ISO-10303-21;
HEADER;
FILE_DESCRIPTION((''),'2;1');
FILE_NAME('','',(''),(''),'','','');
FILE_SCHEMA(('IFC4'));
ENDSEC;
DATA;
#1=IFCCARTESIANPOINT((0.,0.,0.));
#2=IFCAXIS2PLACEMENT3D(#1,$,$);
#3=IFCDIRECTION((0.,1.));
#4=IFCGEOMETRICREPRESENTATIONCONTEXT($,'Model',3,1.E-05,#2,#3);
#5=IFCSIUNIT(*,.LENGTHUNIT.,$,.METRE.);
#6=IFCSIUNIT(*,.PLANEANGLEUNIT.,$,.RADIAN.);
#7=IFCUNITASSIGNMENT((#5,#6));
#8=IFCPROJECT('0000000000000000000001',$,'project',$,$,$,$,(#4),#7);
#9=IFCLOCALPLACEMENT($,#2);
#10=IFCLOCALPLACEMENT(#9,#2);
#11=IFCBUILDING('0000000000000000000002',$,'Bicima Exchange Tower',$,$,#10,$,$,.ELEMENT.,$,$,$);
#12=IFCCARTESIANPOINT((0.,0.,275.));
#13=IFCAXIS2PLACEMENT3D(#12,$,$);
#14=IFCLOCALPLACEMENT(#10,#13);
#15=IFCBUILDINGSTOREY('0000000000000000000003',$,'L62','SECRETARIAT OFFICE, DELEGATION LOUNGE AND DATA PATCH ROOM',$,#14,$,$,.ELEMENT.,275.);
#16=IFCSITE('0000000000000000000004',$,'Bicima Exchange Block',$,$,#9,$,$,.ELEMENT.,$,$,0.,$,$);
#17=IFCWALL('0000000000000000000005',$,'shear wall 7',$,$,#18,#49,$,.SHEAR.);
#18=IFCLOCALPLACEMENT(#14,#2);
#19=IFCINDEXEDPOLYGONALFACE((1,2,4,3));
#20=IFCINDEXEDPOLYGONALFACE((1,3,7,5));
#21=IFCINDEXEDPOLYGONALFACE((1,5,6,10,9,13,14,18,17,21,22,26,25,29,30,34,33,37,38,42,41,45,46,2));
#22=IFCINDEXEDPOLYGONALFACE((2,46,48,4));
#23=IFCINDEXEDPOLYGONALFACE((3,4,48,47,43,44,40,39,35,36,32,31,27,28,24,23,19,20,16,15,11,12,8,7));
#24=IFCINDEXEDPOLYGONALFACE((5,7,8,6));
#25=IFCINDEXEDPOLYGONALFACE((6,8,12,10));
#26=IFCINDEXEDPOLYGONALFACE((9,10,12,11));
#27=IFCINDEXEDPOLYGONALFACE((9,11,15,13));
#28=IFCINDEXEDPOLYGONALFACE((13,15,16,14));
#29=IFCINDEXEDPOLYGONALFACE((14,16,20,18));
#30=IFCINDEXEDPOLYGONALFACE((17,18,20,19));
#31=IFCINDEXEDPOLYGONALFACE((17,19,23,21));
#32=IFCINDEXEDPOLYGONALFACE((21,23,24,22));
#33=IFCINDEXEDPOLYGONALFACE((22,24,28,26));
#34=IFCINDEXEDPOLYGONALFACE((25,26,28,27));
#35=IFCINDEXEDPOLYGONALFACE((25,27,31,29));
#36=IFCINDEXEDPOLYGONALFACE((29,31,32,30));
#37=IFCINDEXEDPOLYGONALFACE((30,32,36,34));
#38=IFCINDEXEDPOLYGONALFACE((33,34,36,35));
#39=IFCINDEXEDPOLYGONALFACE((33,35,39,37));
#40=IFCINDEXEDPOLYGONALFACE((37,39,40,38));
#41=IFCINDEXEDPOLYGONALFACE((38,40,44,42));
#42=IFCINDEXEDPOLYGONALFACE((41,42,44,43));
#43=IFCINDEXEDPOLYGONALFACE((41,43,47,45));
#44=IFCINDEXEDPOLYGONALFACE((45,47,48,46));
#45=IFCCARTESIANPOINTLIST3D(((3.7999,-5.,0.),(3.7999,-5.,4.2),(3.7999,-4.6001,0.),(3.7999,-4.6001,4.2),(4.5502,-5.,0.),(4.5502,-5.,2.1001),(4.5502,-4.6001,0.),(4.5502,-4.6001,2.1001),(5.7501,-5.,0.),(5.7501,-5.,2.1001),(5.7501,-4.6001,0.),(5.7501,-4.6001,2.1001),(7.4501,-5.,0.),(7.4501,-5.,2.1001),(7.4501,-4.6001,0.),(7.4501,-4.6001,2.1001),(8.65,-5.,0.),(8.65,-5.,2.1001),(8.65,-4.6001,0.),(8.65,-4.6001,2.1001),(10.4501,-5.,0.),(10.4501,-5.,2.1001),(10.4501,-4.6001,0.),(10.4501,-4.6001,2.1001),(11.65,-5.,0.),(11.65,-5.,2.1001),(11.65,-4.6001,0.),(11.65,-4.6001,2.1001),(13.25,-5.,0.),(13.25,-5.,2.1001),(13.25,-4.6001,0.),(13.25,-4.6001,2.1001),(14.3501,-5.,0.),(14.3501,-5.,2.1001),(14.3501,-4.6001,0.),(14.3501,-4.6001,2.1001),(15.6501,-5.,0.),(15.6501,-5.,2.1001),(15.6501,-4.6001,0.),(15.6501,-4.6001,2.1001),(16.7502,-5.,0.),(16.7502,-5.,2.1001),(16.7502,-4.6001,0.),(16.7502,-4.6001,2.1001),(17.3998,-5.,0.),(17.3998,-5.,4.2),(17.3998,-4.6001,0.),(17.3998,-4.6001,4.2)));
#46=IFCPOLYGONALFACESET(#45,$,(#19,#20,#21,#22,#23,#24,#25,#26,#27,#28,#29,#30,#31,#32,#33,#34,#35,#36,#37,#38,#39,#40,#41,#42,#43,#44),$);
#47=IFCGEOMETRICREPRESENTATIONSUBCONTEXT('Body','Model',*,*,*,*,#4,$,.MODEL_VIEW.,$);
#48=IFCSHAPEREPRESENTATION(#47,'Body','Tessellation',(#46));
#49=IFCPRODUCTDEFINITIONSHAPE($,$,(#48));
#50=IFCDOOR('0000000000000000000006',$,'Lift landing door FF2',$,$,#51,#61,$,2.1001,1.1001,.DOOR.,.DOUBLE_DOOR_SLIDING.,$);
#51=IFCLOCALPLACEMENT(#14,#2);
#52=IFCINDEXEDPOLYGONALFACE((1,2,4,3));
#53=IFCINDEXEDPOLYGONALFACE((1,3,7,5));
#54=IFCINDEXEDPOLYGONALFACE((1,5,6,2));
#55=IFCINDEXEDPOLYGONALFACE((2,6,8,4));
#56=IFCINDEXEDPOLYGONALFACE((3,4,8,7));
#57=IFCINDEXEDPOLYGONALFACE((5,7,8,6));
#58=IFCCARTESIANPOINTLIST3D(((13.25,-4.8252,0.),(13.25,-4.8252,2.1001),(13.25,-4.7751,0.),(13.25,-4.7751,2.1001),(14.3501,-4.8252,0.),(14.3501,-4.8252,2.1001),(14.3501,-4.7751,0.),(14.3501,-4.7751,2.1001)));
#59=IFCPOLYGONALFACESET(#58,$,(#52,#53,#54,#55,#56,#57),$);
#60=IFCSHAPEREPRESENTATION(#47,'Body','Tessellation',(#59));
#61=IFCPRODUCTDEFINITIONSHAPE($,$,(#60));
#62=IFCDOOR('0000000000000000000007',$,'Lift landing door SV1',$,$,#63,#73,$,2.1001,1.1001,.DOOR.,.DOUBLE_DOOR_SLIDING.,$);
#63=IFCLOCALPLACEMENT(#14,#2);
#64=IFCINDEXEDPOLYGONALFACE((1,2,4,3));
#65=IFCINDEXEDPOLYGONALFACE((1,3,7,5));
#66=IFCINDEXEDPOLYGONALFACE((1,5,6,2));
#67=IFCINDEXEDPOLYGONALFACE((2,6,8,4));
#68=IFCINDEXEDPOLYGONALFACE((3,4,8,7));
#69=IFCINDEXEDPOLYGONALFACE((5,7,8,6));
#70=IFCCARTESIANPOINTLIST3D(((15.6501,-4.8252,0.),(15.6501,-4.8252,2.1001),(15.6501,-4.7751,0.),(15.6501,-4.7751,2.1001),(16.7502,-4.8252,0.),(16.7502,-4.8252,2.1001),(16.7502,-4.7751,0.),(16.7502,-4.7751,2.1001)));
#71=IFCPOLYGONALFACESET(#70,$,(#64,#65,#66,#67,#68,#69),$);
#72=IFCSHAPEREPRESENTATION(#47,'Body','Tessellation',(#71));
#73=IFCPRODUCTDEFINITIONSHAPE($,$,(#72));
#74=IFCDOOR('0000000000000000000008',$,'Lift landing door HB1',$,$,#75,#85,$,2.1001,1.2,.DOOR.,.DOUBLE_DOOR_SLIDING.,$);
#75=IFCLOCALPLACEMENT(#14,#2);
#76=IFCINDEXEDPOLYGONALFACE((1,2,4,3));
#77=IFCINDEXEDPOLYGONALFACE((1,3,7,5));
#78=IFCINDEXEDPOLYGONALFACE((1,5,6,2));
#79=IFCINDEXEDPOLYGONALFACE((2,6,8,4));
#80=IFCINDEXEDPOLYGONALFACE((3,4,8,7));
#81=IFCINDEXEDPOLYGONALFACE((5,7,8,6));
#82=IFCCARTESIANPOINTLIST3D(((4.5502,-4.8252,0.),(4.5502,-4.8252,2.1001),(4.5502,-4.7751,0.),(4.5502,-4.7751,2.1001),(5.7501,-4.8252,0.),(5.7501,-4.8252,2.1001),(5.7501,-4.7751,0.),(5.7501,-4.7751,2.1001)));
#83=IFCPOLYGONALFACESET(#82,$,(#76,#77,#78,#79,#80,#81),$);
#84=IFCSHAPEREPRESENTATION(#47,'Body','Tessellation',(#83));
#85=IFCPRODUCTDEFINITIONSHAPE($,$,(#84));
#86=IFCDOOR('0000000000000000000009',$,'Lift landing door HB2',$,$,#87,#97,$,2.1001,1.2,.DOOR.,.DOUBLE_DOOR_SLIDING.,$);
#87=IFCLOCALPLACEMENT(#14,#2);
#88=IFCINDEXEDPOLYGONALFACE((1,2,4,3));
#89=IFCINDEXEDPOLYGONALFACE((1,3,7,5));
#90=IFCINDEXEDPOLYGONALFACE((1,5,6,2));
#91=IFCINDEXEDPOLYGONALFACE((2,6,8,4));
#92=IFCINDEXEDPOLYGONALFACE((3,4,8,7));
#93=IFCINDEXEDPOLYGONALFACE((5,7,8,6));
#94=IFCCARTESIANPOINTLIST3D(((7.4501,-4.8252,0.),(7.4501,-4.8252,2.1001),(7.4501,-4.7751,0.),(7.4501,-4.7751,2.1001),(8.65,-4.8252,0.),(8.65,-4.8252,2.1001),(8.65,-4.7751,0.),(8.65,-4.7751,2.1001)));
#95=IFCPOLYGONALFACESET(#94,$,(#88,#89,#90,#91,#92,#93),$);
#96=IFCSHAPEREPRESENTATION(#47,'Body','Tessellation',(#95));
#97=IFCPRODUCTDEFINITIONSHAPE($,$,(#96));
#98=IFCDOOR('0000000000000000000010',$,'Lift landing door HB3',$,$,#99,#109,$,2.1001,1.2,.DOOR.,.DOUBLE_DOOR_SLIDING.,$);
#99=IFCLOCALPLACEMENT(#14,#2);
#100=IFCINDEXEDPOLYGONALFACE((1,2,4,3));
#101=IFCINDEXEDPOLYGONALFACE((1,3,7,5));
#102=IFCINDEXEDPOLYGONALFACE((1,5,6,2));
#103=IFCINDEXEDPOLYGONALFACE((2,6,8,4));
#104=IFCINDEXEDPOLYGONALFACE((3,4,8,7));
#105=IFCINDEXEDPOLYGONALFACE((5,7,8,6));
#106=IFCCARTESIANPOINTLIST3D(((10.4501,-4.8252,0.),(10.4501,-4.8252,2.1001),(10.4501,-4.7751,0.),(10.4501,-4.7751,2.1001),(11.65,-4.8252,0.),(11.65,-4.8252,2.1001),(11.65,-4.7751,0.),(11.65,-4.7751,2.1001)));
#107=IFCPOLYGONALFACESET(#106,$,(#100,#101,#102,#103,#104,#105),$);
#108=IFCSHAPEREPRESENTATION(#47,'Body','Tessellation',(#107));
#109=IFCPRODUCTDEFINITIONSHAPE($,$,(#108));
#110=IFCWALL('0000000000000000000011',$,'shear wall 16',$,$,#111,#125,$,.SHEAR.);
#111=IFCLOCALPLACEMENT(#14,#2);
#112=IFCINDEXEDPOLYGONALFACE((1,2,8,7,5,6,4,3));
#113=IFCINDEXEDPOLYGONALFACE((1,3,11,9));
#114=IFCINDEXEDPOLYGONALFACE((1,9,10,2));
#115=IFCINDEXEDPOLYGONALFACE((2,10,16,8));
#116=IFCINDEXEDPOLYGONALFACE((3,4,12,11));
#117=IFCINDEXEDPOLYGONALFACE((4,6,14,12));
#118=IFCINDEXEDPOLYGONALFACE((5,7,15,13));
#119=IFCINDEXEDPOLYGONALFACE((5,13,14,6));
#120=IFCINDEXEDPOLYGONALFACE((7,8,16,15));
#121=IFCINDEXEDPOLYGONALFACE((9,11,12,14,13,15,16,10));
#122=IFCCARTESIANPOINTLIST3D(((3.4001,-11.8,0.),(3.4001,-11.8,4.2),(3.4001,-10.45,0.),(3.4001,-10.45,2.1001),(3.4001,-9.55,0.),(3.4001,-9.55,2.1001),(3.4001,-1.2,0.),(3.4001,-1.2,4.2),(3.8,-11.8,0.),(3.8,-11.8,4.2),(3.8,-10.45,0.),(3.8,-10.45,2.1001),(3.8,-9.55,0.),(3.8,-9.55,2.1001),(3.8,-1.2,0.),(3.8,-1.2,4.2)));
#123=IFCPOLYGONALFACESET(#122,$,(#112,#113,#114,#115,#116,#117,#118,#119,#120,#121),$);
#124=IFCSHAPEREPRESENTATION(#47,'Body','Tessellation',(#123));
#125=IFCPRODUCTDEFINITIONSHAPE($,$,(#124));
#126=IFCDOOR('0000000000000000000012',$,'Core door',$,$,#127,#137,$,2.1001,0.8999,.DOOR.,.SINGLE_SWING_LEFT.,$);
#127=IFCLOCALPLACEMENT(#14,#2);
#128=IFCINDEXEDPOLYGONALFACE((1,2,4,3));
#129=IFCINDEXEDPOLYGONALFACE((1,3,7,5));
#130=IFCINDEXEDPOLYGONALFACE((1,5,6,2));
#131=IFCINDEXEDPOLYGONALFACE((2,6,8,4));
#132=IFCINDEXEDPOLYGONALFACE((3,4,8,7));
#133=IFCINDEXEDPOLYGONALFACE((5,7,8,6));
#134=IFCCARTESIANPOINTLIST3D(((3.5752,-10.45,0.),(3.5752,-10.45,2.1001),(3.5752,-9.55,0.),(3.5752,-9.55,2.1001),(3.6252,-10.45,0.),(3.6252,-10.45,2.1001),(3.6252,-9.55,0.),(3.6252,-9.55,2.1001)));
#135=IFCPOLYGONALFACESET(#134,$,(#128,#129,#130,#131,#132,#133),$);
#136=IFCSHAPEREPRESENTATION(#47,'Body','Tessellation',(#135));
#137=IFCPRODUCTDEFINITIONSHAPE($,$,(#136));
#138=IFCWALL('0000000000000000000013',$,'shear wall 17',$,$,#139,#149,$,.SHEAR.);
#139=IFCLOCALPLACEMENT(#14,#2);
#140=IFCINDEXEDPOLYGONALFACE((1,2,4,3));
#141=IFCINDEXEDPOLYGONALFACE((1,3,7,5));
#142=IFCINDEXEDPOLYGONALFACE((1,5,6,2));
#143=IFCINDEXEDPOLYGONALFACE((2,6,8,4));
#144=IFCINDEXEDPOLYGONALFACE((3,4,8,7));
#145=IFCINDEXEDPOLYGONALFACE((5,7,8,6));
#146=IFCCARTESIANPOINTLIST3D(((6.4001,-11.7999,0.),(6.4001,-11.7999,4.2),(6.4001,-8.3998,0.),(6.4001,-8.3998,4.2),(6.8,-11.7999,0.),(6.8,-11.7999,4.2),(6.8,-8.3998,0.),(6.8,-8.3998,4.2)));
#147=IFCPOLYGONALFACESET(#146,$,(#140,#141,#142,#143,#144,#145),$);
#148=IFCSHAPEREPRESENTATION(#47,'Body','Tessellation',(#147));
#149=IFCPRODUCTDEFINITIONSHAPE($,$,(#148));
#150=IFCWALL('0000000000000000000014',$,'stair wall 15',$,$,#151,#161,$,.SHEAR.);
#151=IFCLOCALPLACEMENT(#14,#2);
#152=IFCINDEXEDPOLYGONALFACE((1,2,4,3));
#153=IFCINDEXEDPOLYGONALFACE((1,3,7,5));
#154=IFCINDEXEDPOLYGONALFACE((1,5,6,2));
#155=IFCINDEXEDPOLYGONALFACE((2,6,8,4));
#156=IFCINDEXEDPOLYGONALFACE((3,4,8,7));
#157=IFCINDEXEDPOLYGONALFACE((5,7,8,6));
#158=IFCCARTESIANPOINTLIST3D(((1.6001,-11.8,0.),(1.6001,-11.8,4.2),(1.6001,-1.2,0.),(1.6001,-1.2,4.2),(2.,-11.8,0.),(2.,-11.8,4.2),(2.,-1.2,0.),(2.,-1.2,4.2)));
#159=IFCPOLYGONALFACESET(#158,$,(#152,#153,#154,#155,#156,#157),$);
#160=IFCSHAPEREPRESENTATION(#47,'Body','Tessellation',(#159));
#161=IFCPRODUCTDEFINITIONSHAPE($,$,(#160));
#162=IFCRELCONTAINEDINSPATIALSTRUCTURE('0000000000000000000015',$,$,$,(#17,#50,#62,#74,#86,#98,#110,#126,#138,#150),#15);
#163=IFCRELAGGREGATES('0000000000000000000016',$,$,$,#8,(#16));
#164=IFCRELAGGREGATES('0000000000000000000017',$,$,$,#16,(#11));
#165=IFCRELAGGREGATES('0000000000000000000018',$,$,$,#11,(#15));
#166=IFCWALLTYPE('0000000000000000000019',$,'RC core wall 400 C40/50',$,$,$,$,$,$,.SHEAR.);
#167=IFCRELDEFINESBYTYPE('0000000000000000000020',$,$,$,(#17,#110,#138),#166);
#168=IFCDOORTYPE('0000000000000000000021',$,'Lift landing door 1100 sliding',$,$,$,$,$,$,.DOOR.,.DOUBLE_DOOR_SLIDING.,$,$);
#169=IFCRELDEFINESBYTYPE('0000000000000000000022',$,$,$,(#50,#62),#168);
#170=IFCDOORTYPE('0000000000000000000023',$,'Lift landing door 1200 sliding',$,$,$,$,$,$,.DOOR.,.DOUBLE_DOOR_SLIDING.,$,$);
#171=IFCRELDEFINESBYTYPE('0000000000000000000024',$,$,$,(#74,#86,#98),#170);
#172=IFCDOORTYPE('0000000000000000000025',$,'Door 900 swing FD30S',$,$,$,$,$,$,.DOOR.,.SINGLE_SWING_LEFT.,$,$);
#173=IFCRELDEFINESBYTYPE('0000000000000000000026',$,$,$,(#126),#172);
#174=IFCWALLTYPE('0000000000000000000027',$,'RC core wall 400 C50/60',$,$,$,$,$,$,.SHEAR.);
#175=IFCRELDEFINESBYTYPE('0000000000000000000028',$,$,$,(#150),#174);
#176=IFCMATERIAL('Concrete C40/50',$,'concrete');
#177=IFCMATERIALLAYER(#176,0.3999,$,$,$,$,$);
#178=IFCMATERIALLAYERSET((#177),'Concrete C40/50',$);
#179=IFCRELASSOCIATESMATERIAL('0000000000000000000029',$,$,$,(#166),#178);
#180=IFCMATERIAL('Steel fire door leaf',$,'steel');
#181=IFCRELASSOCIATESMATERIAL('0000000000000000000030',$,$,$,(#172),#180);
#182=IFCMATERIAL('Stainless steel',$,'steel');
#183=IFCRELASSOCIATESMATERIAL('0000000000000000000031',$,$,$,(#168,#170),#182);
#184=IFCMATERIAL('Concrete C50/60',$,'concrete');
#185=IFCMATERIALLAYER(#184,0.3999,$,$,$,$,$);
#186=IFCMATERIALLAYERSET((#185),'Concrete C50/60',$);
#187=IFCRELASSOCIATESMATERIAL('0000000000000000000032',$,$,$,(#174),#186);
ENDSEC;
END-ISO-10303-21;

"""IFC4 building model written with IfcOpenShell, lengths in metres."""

from ifc_helpers import new_model, si_unit, direction, frame, frame_2d, origin, place, context, subcontext, project, spatial, rectangle, extrude, material, layer, layer_set, type_object, element, fill, save


model = new_model("IFC4")

# Units and contexts
model_context = context("Model", 3, precision=1e-05, world=origin(), true_north=direction((0.0, 1.0)))
body_context = subcontext(model_context, "Body", "Model", "MODEL_VIEW")
ifc_project = project(units=[si_unit("LENGTHUNIT", "METRE"), si_unit("PLANEANGLEUNIT", "RADIAN")], contexts=[model_context])

# Site, building, storey
site_placement = place(None, origin())
site = spatial("IfcSite", under=ifc_project, at=site_placement, Name="Bicima Exchange Block", CompositionType="ELEMENT", RefElevation=0.0)
building_placement = place(site_placement, origin())
building = spatial("IfcBuilding", under=site, at=building_placement, Name="Bicima Exchange Tower", CompositionType="ELEMENT")
storey_placement = place(building_placement, frame((0.0, 0.0, 275.0)))
storey = spatial("IfcBuildingStorey", under=building, at=storey_placement, Name="L62", Description="SECRETARIAT OFFICE, DELEGATION LOUNGE AND DATA PATCH ROOM", CompositionType="ELEMENT", Elevation=275.0)

# Shared definitions
ifc_material_1 = material(Name="Concrete C50/60", Category="concrete")

# Shared definitions
ifc_material_2 = material(Name="Concrete C40/50", Category="concrete")
ifc_layer_1 = layer(ifc_material_2, 0.3999)
ifc_layer_set_1 = layer_set([ifc_layer_1], Name="Concrete C40/50")
wall_type_1 = type_object("IfcWallType", Name="RC core wall 400 C40/50", PredefinedType="SHEAR", material=ifc_layer_set_1)
ifc_material_3 = material(Name="Steel fire door leaf", Category="steel")
door_type_1 = type_object("IfcDoorType", Name="Door 900 swing FD30S", OperationType="SINGLE_SWING_LEFT", PredefinedType="DOOR", material=ifc_material_3)

# Wall, openings, doors
wall_1_placement = place(storey_placement, frame((3.8, -4.8, 0.0), z_axis=(0.0, 0.0, 1.0), x_axis=(1.0, 0.0, 0.0)))
wall_1 = element("IfcWall", 1, at=wall_1_placement, inside=storey, type_object=wall_type_1, Name="shear wall 7", PredefinedType="SHEAR", context=body_context, shape_type="SweptSolid", body=[
    extrude(rectangle(XDim=13.5999, YDim=0.3999, at=frame_2d((6.7998, 0.0))), origin(), (0.0, 0.0, 1.0), 4.2),
])
opening_1_placement = place(wall_1_placement, frame((0.75, 0.0, 0.0)))
opening_1 = element("IfcOpeningElement", 2, at=opening_1_placement, cuts=wall_1, PredefinedType="OPENING", context=body_context, shape_type="SweptSolid", body=[
    extrude(rectangle(XDim=1.2, YDim=2.1001, at=frame_2d((0.6001, 1.05))), frame((0.0, 0.2119, 0.0), z_axis=(0.0, -1.0, 0.0), x_axis=(1.0, 0.0, 0.0)), (0.0, 0.0, 1.0), 0.4238),
])
opening_2_placement = place(wall_1_placement, frame((3.6499, 0.0, 0.0)))
opening_2 = element("IfcOpeningElement", 3, at=opening_2_placement, cuts=wall_1, PredefinedType="OPENING", context=body_context, shape_type="SweptSolid", body=[
    extrude(rectangle(XDim=1.2, YDim=2.1001, at=frame_2d((0.6001, 1.05))), frame((0.0, 0.2119, 0.0), z_axis=(0.0, -1.0, 0.0), x_axis=(1.0, 0.0, 0.0)), (0.0, 0.0, 1.0), 0.4238),
])
opening_3_placement = place(wall_1_placement, frame((6.6499, 0.0, 0.0)))
opening_3 = element("IfcOpeningElement", 4, at=opening_3_placement, cuts=wall_1, PredefinedType="OPENING", context=body_context, shape_type="SweptSolid", body=[
    extrude(rectangle(XDim=1.2, YDim=2.1001, at=frame_2d((0.6001, 1.05))), frame((0.0, 0.2119, 0.0), z_axis=(0.0, -1.0, 0.0), x_axis=(1.0, 0.0, 0.0)), (0.0, 0.0, 1.0), 0.4238),
])
opening_4_placement = place(wall_1_placement, frame((9.45, 0.0, 0.0)))
opening_4 = element("IfcOpeningElement", 5, at=opening_4_placement, cuts=wall_1, PredefinedType="OPENING", context=body_context, shape_type="SweptSolid", body=[
    extrude(rectangle(XDim=1.1001, YDim=2.1001, at=frame_2d((0.55, 1.05))), frame((0.0, 0.2119, 0.0), z_axis=(0.0, -1.0, 0.0), x_axis=(1.0, 0.0, 0.0)), (0.0, 0.0, 1.0), 0.4238),
])
opening_5_placement = place(wall_1_placement, frame((11.8501, 0.0, 0.0)))
opening_5 = element("IfcOpeningElement", 6, at=opening_5_placement, cuts=wall_1, PredefinedType="OPENING", context=body_context, shape_type="SweptSolid", body=[
    extrude(rectangle(XDim=1.1001, YDim=2.1001, at=frame_2d((0.55, 1.05))), frame((0.0, 0.2119, 0.0), z_axis=(0.0, -1.0, 0.0), x_axis=(1.0, 0.0, 0.0)), (0.0, 0.0, 1.0), 0.4238),
])
ifc_material_4 = material(Name="Stainless steel", Category="steel")
door_type_2 = type_object("IfcDoorType", Name="Lift landing door 1100 sliding", OperationType="DOUBLE_DOOR_SLIDING", PredefinedType="DOOR", material=ifc_material_4)
door_1_placement = place(opening_4_placement, origin())
door_1 = element("IfcDoor", 7, at=door_1_placement, inside=storey, type_object=door_type_2, Name="Lift landing door FF2", OperationType="DOUBLE_DOOR_SLIDING", OverallHeight=2.1001, OverallWidth=1.1001, PredefinedType="DOOR", context=body_context, shape_type="SweptSolid", body=[
    extrude(rectangle(XDim=1.1001, YDim=2.1001, at=frame_2d((0.55, 1.05))), frame((0.0, 0.0249, 0.0), z_axis=(0.0, -1.0, 0.0), x_axis=(1.0, 0.0, 0.0)), (0.0, 0.0, 1.0), 0.05),
])
fill(opening_4, door_1)
door_2_placement = place(opening_5_placement, origin())
door_2 = element("IfcDoor", 8, at=door_2_placement, inside=storey, type_object=door_type_2, Name="Lift landing door SV1", OperationType="DOUBLE_DOOR_SLIDING", OverallHeight=2.1001, OverallWidth=1.1001, PredefinedType="DOOR", context=body_context, shape_type="SweptSolid", body=[
    extrude(rectangle(XDim=1.1001, YDim=2.1001, at=frame_2d((0.55, 1.05))), frame((0.0, 0.0249, 0.0), z_axis=(0.0, -1.0, 0.0), x_axis=(1.0, 0.0, 0.0)), (0.0, 0.0, 1.0), 0.05),
])
fill(opening_5, door_2)
door_type_3 = type_object("IfcDoorType", Name="Lift landing door 1200 sliding", OperationType="DOUBLE_DOOR_SLIDING", PredefinedType="DOOR", material=ifc_material_4)
door_3_placement = place(opening_1_placement, origin())
door_3 = element("IfcDoor", 9, at=door_3_placement, inside=storey, type_object=door_type_3, Name="Lift landing door HB1", OperationType="DOUBLE_DOOR_SLIDING", OverallHeight=2.1001, OverallWidth=1.2, PredefinedType="DOOR", context=body_context, shape_type="SweptSolid", body=[
    extrude(rectangle(XDim=1.2, YDim=2.1001, at=frame_2d((0.6001, 1.05))), frame((0.0, 0.0249, 0.0), z_axis=(0.0, -1.0, 0.0), x_axis=(1.0, 0.0, 0.0)), (0.0, 0.0, 1.0), 0.05),
])
fill(opening_1, door_3)
door_4_placement = place(opening_2_placement, origin())
door_4 = element("IfcDoor", 10, at=door_4_placement, inside=storey, type_object=door_type_3, Name="Lift landing door HB2", OperationType="DOUBLE_DOOR_SLIDING", OverallHeight=2.1001, OverallWidth=1.2, PredefinedType="DOOR", context=body_context, shape_type="SweptSolid", body=[
    extrude(rectangle(XDim=1.2, YDim=2.1001, at=frame_2d((0.6001, 1.05))), frame((0.0, 0.0249, 0.0), z_axis=(0.0, -1.0, 0.0), x_axis=(1.0, 0.0, 0.0)), (0.0, 0.0, 1.0), 0.05),
])
fill(opening_2, door_4)
door_5_placement = place(opening_3_placement, origin())
door_5 = element("IfcDoor", 11, at=door_5_placement, inside=storey, type_object=door_type_3, Name="Lift landing door HB3", OperationType="DOUBLE_DOOR_SLIDING", OverallHeight=2.1001, OverallWidth=1.2, PredefinedType="DOOR", context=body_context, shape_type="SweptSolid", body=[
    extrude(rectangle(XDim=1.2, YDim=2.1001, at=frame_2d((0.6001, 1.05))), frame((0.0, 0.0249, 0.0), z_axis=(0.0, -1.0, 0.0), x_axis=(1.0, 0.0, 0.0)), (0.0, 0.0, 1.0), 0.05),
])
fill(opening_3, door_5)

# Wall, opening, door
wall_2_placement = place(storey_placement, frame((3.6001, -11.8, 0.0), z_axis=(0.0, 0.0, 1.0), x_axis=(0.0, 1.0, 0.0)))
wall_2 = element("IfcWall", 12, at=wall_2_placement, inside=storey, type_object=wall_type_1, Name="shear wall 16", PredefinedType="SHEAR", context=body_context, shape_type="SweptSolid", body=[
    extrude(rectangle(XDim=10.6001, YDim=0.3999, at=frame_2d((5.3, 0.0))), origin(), (0.0, 0.0, 1.0), 4.2),
])
opening_6_placement = place(wall_2_placement, frame((1.3501, 0.0, 0.0)))
opening_6 = element("IfcOpeningElement", 13, at=opening_6_placement, cuts=wall_2, PredefinedType="OPENING", context=body_context, shape_type="SweptSolid", body=[
    extrude(rectangle(XDim=0.8999, YDim=2.1001, at=frame_2d((0.45, 1.05))), frame((0.0, 0.2119, 0.0), z_axis=(0.0, -1.0, 0.0), x_axis=(1.0, 0.0, 0.0)), (0.0, 0.0, 1.0), 0.4238),
])
door_6_placement = place(opening_6_placement, origin())
door_6 = element("IfcDoor", 14, at=door_6_placement, inside=storey, type_object=door_type_1, Name="Core door", OperationType="SINGLE_SWING_LEFT", OverallHeight=2.1001, OverallWidth=0.8999, PredefinedType="DOOR", context=body_context, shape_type="SweptSolid", body=[
    extrude(rectangle(XDim=0.8999, YDim=2.1001, at=frame_2d((0.45, 1.05))), frame((0.0, 0.0249, 0.0), z_axis=(0.0, -1.0, 0.0), x_axis=(1.0, 0.0, 0.0)), (0.0, 0.0, 1.0), 0.05),
])
fill(opening_6, door_6)

# Walls
wall_3_placement = place(storey_placement, frame((6.6001, -11.8, 0.0), z_axis=(0.0, 0.0, 1.0), x_axis=(0.0, 1.0, 0.0)))
element("IfcWall", 15, at=wall_3_placement, inside=storey, type_object=wall_type_1, Name="shear wall 17", PredefinedType="SHEAR", context=body_context, shape_type="SweptSolid", body=[
    extrude(rectangle(XDim=3.4001, YDim=0.3999, at=frame_2d((1.7002, 0.0))), origin(), (0.0, 0.0, 1.0), 4.2),
])
ifc_layer_2 = layer(ifc_material_1, 0.3999)
ifc_layer_set_2 = layer_set([ifc_layer_2], Name="Concrete C50/60")
wall_type_2 = type_object("IfcWallType", Name="RC core wall 400 C50/60", PredefinedType="SHEAR", material=ifc_layer_set_2)
wall_4_placement = place(storey_placement, frame((1.8, -11.8, 0.0), z_axis=(0.0, 0.0, 1.0), x_axis=(0.0, 1.0, 0.0)))
element("IfcWall", 16, at=wall_4_placement, inside=storey, type_object=wall_type_2, Name="stair wall 15", PredefinedType="SHEAR", context=body_context, shape_type="SweptSolid", body=[
    extrude(rectangle(XDim=10.6001, YDim=0.3999, at=frame_2d((5.3, 0.0))), origin(), (0.0, 0.0, 1.0), 4.2),
])

save(model, "model.ifc")
